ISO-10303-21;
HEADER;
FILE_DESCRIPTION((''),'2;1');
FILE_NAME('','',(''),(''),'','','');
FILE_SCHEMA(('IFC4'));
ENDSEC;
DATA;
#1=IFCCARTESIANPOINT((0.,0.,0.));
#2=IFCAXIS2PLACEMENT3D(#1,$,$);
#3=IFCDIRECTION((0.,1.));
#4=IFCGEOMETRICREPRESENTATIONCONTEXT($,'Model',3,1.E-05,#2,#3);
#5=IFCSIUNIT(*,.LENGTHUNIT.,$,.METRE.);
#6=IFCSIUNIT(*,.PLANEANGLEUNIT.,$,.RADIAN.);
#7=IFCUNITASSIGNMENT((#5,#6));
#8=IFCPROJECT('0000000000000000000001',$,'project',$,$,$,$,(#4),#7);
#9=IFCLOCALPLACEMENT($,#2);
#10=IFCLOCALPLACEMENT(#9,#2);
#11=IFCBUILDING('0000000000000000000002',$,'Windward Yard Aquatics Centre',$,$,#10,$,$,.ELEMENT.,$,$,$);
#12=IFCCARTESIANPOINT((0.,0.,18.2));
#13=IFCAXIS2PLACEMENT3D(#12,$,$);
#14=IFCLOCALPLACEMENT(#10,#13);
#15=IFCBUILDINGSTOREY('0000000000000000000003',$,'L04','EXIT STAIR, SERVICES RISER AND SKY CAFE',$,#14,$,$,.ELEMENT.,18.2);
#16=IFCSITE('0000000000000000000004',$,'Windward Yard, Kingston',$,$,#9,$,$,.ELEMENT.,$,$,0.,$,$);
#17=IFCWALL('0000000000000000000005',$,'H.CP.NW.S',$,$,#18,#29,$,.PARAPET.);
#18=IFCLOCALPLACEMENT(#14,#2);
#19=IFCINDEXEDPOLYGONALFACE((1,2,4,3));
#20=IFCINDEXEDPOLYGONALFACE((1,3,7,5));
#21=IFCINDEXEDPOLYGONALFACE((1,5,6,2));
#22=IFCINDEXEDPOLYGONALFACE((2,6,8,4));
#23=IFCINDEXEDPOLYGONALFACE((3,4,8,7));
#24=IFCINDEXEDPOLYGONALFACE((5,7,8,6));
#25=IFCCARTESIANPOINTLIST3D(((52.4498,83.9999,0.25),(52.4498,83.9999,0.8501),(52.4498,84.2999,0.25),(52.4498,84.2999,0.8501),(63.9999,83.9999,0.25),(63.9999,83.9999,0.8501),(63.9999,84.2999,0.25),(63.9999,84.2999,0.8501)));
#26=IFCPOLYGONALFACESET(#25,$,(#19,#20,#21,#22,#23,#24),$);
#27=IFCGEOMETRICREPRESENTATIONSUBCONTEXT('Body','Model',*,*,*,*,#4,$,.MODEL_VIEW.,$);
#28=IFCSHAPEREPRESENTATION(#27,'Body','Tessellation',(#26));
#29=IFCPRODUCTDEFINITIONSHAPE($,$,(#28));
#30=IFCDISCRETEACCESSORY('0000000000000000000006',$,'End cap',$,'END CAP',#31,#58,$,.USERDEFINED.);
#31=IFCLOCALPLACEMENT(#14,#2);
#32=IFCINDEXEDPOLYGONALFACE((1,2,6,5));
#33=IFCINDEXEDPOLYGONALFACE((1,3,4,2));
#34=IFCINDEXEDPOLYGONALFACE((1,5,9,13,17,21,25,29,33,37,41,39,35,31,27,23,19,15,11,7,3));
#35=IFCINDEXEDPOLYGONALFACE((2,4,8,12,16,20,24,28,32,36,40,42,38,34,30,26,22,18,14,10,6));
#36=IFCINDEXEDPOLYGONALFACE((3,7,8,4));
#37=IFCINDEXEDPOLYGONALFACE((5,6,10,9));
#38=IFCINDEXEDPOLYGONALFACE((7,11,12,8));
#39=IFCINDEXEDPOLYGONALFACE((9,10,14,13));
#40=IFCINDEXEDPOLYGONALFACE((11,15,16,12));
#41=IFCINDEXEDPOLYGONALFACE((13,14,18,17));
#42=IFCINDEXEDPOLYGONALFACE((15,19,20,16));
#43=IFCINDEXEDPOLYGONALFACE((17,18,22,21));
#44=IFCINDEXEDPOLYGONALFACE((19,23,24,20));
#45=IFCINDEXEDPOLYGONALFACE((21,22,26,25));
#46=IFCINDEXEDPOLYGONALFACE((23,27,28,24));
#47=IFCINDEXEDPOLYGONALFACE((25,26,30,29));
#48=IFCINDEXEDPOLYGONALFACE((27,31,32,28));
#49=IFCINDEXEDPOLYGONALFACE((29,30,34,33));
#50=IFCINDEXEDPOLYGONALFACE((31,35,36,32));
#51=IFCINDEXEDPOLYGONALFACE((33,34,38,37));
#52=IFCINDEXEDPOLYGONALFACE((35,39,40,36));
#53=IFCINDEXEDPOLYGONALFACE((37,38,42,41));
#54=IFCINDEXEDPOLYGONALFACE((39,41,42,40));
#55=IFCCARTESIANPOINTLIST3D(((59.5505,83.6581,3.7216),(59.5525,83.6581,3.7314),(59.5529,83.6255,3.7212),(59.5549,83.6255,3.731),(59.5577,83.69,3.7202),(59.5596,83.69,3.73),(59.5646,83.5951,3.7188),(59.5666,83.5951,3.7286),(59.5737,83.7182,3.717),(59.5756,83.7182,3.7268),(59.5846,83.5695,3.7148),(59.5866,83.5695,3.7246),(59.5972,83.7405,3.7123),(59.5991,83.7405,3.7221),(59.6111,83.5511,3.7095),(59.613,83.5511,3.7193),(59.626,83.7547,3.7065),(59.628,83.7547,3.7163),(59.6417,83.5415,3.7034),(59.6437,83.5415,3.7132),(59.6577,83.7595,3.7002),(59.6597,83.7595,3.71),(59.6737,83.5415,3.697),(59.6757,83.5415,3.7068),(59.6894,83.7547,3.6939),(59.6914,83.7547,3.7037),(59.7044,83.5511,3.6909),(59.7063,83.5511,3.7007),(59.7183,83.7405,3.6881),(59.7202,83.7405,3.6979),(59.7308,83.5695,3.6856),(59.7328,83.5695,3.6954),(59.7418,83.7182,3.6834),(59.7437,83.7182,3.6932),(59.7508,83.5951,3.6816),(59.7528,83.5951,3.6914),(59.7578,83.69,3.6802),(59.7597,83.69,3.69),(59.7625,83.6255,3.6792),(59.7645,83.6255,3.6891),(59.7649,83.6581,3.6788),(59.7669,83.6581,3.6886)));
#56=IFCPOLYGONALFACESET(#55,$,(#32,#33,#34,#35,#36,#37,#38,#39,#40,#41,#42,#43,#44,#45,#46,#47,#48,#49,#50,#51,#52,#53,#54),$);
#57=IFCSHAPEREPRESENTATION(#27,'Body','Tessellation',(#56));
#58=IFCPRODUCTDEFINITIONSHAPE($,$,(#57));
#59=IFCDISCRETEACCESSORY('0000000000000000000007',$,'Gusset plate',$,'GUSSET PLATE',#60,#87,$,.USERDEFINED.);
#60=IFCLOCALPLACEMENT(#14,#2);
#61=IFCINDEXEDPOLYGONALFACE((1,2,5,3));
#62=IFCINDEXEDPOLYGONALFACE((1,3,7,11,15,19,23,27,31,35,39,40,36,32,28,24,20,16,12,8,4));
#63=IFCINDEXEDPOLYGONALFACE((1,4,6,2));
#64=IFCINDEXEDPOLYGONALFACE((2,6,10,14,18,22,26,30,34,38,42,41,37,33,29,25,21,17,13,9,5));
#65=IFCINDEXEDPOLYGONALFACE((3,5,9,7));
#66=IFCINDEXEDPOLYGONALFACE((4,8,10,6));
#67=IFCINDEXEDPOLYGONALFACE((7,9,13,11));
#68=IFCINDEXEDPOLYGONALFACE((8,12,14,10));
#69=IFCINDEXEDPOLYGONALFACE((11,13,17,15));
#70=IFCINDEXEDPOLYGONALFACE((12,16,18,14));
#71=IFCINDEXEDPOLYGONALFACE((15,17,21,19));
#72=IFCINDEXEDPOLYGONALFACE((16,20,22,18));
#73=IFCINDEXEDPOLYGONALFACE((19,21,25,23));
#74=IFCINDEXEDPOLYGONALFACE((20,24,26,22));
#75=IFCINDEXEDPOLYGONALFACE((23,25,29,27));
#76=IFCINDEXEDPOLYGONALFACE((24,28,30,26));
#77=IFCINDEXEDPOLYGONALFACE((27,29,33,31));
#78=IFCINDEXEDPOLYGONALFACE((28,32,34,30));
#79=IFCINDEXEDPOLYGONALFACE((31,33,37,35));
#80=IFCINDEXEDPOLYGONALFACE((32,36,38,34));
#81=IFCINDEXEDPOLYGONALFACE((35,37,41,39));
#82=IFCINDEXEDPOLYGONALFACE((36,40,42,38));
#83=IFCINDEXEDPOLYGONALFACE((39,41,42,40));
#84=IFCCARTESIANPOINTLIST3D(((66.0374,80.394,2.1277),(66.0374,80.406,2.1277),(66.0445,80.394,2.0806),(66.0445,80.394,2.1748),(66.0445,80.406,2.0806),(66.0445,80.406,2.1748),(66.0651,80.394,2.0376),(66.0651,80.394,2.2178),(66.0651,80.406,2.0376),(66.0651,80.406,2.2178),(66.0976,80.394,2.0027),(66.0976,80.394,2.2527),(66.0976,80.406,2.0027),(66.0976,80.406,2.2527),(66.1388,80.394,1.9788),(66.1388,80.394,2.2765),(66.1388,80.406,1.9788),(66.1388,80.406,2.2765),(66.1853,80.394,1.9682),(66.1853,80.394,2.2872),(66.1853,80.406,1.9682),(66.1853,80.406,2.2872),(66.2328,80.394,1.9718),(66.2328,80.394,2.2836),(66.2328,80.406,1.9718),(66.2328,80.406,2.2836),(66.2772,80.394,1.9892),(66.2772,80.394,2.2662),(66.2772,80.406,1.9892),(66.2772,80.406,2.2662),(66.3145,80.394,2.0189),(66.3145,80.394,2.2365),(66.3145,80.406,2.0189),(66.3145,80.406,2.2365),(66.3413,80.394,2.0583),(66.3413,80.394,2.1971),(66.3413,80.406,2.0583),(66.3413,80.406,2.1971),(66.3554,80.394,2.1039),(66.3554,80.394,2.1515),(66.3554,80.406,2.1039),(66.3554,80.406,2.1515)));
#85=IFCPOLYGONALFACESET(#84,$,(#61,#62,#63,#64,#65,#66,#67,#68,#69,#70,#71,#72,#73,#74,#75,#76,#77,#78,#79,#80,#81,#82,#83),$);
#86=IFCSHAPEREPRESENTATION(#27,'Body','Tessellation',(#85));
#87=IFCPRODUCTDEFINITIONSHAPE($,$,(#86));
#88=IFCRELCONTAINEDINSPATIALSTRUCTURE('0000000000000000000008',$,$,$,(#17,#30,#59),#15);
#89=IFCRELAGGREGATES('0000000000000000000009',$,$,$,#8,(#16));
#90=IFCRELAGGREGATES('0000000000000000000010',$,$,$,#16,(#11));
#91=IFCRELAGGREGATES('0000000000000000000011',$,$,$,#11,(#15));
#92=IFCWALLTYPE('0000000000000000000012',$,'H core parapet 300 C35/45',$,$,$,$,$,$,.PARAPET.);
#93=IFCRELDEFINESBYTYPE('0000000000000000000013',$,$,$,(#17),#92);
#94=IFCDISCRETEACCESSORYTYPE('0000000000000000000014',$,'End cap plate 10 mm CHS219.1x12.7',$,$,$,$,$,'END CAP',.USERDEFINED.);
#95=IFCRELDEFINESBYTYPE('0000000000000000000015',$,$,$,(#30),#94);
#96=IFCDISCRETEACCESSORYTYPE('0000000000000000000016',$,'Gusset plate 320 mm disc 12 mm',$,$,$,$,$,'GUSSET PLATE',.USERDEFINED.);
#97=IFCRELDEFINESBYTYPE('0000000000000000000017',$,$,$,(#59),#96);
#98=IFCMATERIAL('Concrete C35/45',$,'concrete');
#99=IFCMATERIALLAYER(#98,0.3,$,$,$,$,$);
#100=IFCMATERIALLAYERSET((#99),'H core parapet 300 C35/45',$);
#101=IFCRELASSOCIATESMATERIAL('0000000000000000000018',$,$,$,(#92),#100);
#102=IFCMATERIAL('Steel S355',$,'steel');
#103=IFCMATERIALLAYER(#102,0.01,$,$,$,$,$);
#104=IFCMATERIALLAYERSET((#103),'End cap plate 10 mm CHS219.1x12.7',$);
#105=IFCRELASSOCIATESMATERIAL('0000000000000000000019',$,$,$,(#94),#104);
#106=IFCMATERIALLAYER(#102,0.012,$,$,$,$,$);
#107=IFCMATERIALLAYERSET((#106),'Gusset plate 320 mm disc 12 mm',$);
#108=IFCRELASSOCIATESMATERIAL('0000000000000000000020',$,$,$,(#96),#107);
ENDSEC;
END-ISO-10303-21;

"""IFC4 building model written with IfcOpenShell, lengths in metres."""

from ifc_helpers import new_model, si_unit, direction, frame, frame_2d, origin, origin_2d, place, context, subcontext, project, spatial, rectangle, circle, extrude, material, layer, layer_set, type_object, element, save


model = new_model("IFC4")

# Units and contexts
model_context = context("Model", 3, precision=1e-05, world=origin(), true_north=direction((0.0, 1.0)))
body_context = subcontext(model_context, "Body", "Model", "MODEL_VIEW")
ifc_project = project(units=[si_unit("LENGTHUNIT", "METRE"), si_unit("PLANEANGLEUNIT", "RADIAN")], contexts=[model_context])

# Site, building, storey
site_placement = place(None, origin())
site = spatial("IfcSite", under=ifc_project, at=site_placement, Name="Windward Yard, Kingston", CompositionType="ELEMENT", RefElevation=0.0)
building_placement = place(site_placement, origin())
building = spatial("IfcBuilding", under=site, at=building_placement, Name="Windward Yard Aquatics Centre", CompositionType="ELEMENT")
storey_placement = place(building_placement, frame((0.0, 0.0, 18.2)))
storey = spatial("IfcBuildingStorey", under=building, at=storey_placement, Name="L04", Description="EXIT STAIR, SERVICES RISER AND SKY CAFE", CompositionType="ELEMENT", Elevation=18.2)

# Wall
ifc_material_1 = material(Name="Concrete C35/45", Category="concrete")
ifc_layer_1 = layer(ifc_material_1, 0.3)
ifc_layer_set_1 = layer_set([ifc_layer_1], Name="H core parapet 300 C35/45")
wall_type = type_object("IfcWallType", Name="H core parapet 300 C35/45", PredefinedType="PARAPET", material=ifc_layer_set_1)
wall_placement = place(storey_placement, frame((52.45, 84.1499, 0.25), z_axis=(0.0, 0.0, 1.0), x_axis=(1.0, 0.0, 0.0)))
element("IfcWall", 1, at=wall_placement, inside=storey, type_object=wall_type, Name="H.CP.NW.S", PredefinedType="PARAPET", context=body_context, shape_type="SweptSolid", body=[
    extrude(rectangle(XDim=11.55, YDim=0.3, at=frame_2d((5.7749, 0.0))), origin(), (0.0, 0.0, 1.0), 0.6001),
])

# Discrete accessories
ifc_material_2 = material(Name="Steel S355", Category="steel")
ifc_layer_2 = layer(ifc_material_2, 0.01)
ifc_layer_set_2 = layer_set([ifc_layer_2], Name="End cap plate 10 mm CHS219.1x12.7")
discrete_accessory_type_1 = type_object("IfcDiscreteAccessoryType", Name="End cap plate 10 mm CHS219.1x12.7", ElementType="END CAP", PredefinedType="USERDEFINED", material=ifc_layer_set_2)
discrete_accessory_1_placement = place(storey_placement, frame((59.6577, 83.6499, 3.7002), z_axis=(0.196116, 0.0, 0.980581), x_axis=(0.0, 1.0, 0.0)))
element("IfcDiscreteAccessory", 2, at=discrete_accessory_1_placement, inside=storey, type_object=discrete_accessory_type_1, Name="End cap", ObjectType="END CAP", PredefinedType="USERDEFINED", context=body_context, shape_type="SweptSolid", body=[
    extrude(circle(Radius=0.1096, at=origin_2d()), origin(), (0.0, 0.0, 1.0), 0.01),
])
ifc_layer_3 = layer(ifc_material_2, 0.012)
ifc_layer_set_3 = layer_set([ifc_layer_3], Name="Gusset plate 320 mm disc 12 mm")
discrete_accessory_type_2 = type_object("IfcDiscreteAccessoryType", Name="Gusset plate 320 mm disc 12 mm", ElementType="GUSSET PLATE", PredefinedType="USERDEFINED", material=ifc_layer_set_3)
discrete_accessory_2_placement = place(storey_placement, frame((66.1973, 80.394, 2.1277), z_axis=(0.0, 1.0, 0.0), x_axis=(-1.0, 0.0, 0.0)))
element("IfcDiscreteAccessory", 3, at=discrete_accessory_2_placement, inside=storey, type_object=discrete_accessory_type_2, Name="Gusset plate", ObjectType="GUSSET PLATE", PredefinedType="USERDEFINED", context=body_context, shape_type="SweptSolid", body=[
    extrude(circle(Radius=0.1599, at=origin_2d()), origin(), (0.0, 0.0, 1.0), 0.012),
])

save(model, "model.ifc")
